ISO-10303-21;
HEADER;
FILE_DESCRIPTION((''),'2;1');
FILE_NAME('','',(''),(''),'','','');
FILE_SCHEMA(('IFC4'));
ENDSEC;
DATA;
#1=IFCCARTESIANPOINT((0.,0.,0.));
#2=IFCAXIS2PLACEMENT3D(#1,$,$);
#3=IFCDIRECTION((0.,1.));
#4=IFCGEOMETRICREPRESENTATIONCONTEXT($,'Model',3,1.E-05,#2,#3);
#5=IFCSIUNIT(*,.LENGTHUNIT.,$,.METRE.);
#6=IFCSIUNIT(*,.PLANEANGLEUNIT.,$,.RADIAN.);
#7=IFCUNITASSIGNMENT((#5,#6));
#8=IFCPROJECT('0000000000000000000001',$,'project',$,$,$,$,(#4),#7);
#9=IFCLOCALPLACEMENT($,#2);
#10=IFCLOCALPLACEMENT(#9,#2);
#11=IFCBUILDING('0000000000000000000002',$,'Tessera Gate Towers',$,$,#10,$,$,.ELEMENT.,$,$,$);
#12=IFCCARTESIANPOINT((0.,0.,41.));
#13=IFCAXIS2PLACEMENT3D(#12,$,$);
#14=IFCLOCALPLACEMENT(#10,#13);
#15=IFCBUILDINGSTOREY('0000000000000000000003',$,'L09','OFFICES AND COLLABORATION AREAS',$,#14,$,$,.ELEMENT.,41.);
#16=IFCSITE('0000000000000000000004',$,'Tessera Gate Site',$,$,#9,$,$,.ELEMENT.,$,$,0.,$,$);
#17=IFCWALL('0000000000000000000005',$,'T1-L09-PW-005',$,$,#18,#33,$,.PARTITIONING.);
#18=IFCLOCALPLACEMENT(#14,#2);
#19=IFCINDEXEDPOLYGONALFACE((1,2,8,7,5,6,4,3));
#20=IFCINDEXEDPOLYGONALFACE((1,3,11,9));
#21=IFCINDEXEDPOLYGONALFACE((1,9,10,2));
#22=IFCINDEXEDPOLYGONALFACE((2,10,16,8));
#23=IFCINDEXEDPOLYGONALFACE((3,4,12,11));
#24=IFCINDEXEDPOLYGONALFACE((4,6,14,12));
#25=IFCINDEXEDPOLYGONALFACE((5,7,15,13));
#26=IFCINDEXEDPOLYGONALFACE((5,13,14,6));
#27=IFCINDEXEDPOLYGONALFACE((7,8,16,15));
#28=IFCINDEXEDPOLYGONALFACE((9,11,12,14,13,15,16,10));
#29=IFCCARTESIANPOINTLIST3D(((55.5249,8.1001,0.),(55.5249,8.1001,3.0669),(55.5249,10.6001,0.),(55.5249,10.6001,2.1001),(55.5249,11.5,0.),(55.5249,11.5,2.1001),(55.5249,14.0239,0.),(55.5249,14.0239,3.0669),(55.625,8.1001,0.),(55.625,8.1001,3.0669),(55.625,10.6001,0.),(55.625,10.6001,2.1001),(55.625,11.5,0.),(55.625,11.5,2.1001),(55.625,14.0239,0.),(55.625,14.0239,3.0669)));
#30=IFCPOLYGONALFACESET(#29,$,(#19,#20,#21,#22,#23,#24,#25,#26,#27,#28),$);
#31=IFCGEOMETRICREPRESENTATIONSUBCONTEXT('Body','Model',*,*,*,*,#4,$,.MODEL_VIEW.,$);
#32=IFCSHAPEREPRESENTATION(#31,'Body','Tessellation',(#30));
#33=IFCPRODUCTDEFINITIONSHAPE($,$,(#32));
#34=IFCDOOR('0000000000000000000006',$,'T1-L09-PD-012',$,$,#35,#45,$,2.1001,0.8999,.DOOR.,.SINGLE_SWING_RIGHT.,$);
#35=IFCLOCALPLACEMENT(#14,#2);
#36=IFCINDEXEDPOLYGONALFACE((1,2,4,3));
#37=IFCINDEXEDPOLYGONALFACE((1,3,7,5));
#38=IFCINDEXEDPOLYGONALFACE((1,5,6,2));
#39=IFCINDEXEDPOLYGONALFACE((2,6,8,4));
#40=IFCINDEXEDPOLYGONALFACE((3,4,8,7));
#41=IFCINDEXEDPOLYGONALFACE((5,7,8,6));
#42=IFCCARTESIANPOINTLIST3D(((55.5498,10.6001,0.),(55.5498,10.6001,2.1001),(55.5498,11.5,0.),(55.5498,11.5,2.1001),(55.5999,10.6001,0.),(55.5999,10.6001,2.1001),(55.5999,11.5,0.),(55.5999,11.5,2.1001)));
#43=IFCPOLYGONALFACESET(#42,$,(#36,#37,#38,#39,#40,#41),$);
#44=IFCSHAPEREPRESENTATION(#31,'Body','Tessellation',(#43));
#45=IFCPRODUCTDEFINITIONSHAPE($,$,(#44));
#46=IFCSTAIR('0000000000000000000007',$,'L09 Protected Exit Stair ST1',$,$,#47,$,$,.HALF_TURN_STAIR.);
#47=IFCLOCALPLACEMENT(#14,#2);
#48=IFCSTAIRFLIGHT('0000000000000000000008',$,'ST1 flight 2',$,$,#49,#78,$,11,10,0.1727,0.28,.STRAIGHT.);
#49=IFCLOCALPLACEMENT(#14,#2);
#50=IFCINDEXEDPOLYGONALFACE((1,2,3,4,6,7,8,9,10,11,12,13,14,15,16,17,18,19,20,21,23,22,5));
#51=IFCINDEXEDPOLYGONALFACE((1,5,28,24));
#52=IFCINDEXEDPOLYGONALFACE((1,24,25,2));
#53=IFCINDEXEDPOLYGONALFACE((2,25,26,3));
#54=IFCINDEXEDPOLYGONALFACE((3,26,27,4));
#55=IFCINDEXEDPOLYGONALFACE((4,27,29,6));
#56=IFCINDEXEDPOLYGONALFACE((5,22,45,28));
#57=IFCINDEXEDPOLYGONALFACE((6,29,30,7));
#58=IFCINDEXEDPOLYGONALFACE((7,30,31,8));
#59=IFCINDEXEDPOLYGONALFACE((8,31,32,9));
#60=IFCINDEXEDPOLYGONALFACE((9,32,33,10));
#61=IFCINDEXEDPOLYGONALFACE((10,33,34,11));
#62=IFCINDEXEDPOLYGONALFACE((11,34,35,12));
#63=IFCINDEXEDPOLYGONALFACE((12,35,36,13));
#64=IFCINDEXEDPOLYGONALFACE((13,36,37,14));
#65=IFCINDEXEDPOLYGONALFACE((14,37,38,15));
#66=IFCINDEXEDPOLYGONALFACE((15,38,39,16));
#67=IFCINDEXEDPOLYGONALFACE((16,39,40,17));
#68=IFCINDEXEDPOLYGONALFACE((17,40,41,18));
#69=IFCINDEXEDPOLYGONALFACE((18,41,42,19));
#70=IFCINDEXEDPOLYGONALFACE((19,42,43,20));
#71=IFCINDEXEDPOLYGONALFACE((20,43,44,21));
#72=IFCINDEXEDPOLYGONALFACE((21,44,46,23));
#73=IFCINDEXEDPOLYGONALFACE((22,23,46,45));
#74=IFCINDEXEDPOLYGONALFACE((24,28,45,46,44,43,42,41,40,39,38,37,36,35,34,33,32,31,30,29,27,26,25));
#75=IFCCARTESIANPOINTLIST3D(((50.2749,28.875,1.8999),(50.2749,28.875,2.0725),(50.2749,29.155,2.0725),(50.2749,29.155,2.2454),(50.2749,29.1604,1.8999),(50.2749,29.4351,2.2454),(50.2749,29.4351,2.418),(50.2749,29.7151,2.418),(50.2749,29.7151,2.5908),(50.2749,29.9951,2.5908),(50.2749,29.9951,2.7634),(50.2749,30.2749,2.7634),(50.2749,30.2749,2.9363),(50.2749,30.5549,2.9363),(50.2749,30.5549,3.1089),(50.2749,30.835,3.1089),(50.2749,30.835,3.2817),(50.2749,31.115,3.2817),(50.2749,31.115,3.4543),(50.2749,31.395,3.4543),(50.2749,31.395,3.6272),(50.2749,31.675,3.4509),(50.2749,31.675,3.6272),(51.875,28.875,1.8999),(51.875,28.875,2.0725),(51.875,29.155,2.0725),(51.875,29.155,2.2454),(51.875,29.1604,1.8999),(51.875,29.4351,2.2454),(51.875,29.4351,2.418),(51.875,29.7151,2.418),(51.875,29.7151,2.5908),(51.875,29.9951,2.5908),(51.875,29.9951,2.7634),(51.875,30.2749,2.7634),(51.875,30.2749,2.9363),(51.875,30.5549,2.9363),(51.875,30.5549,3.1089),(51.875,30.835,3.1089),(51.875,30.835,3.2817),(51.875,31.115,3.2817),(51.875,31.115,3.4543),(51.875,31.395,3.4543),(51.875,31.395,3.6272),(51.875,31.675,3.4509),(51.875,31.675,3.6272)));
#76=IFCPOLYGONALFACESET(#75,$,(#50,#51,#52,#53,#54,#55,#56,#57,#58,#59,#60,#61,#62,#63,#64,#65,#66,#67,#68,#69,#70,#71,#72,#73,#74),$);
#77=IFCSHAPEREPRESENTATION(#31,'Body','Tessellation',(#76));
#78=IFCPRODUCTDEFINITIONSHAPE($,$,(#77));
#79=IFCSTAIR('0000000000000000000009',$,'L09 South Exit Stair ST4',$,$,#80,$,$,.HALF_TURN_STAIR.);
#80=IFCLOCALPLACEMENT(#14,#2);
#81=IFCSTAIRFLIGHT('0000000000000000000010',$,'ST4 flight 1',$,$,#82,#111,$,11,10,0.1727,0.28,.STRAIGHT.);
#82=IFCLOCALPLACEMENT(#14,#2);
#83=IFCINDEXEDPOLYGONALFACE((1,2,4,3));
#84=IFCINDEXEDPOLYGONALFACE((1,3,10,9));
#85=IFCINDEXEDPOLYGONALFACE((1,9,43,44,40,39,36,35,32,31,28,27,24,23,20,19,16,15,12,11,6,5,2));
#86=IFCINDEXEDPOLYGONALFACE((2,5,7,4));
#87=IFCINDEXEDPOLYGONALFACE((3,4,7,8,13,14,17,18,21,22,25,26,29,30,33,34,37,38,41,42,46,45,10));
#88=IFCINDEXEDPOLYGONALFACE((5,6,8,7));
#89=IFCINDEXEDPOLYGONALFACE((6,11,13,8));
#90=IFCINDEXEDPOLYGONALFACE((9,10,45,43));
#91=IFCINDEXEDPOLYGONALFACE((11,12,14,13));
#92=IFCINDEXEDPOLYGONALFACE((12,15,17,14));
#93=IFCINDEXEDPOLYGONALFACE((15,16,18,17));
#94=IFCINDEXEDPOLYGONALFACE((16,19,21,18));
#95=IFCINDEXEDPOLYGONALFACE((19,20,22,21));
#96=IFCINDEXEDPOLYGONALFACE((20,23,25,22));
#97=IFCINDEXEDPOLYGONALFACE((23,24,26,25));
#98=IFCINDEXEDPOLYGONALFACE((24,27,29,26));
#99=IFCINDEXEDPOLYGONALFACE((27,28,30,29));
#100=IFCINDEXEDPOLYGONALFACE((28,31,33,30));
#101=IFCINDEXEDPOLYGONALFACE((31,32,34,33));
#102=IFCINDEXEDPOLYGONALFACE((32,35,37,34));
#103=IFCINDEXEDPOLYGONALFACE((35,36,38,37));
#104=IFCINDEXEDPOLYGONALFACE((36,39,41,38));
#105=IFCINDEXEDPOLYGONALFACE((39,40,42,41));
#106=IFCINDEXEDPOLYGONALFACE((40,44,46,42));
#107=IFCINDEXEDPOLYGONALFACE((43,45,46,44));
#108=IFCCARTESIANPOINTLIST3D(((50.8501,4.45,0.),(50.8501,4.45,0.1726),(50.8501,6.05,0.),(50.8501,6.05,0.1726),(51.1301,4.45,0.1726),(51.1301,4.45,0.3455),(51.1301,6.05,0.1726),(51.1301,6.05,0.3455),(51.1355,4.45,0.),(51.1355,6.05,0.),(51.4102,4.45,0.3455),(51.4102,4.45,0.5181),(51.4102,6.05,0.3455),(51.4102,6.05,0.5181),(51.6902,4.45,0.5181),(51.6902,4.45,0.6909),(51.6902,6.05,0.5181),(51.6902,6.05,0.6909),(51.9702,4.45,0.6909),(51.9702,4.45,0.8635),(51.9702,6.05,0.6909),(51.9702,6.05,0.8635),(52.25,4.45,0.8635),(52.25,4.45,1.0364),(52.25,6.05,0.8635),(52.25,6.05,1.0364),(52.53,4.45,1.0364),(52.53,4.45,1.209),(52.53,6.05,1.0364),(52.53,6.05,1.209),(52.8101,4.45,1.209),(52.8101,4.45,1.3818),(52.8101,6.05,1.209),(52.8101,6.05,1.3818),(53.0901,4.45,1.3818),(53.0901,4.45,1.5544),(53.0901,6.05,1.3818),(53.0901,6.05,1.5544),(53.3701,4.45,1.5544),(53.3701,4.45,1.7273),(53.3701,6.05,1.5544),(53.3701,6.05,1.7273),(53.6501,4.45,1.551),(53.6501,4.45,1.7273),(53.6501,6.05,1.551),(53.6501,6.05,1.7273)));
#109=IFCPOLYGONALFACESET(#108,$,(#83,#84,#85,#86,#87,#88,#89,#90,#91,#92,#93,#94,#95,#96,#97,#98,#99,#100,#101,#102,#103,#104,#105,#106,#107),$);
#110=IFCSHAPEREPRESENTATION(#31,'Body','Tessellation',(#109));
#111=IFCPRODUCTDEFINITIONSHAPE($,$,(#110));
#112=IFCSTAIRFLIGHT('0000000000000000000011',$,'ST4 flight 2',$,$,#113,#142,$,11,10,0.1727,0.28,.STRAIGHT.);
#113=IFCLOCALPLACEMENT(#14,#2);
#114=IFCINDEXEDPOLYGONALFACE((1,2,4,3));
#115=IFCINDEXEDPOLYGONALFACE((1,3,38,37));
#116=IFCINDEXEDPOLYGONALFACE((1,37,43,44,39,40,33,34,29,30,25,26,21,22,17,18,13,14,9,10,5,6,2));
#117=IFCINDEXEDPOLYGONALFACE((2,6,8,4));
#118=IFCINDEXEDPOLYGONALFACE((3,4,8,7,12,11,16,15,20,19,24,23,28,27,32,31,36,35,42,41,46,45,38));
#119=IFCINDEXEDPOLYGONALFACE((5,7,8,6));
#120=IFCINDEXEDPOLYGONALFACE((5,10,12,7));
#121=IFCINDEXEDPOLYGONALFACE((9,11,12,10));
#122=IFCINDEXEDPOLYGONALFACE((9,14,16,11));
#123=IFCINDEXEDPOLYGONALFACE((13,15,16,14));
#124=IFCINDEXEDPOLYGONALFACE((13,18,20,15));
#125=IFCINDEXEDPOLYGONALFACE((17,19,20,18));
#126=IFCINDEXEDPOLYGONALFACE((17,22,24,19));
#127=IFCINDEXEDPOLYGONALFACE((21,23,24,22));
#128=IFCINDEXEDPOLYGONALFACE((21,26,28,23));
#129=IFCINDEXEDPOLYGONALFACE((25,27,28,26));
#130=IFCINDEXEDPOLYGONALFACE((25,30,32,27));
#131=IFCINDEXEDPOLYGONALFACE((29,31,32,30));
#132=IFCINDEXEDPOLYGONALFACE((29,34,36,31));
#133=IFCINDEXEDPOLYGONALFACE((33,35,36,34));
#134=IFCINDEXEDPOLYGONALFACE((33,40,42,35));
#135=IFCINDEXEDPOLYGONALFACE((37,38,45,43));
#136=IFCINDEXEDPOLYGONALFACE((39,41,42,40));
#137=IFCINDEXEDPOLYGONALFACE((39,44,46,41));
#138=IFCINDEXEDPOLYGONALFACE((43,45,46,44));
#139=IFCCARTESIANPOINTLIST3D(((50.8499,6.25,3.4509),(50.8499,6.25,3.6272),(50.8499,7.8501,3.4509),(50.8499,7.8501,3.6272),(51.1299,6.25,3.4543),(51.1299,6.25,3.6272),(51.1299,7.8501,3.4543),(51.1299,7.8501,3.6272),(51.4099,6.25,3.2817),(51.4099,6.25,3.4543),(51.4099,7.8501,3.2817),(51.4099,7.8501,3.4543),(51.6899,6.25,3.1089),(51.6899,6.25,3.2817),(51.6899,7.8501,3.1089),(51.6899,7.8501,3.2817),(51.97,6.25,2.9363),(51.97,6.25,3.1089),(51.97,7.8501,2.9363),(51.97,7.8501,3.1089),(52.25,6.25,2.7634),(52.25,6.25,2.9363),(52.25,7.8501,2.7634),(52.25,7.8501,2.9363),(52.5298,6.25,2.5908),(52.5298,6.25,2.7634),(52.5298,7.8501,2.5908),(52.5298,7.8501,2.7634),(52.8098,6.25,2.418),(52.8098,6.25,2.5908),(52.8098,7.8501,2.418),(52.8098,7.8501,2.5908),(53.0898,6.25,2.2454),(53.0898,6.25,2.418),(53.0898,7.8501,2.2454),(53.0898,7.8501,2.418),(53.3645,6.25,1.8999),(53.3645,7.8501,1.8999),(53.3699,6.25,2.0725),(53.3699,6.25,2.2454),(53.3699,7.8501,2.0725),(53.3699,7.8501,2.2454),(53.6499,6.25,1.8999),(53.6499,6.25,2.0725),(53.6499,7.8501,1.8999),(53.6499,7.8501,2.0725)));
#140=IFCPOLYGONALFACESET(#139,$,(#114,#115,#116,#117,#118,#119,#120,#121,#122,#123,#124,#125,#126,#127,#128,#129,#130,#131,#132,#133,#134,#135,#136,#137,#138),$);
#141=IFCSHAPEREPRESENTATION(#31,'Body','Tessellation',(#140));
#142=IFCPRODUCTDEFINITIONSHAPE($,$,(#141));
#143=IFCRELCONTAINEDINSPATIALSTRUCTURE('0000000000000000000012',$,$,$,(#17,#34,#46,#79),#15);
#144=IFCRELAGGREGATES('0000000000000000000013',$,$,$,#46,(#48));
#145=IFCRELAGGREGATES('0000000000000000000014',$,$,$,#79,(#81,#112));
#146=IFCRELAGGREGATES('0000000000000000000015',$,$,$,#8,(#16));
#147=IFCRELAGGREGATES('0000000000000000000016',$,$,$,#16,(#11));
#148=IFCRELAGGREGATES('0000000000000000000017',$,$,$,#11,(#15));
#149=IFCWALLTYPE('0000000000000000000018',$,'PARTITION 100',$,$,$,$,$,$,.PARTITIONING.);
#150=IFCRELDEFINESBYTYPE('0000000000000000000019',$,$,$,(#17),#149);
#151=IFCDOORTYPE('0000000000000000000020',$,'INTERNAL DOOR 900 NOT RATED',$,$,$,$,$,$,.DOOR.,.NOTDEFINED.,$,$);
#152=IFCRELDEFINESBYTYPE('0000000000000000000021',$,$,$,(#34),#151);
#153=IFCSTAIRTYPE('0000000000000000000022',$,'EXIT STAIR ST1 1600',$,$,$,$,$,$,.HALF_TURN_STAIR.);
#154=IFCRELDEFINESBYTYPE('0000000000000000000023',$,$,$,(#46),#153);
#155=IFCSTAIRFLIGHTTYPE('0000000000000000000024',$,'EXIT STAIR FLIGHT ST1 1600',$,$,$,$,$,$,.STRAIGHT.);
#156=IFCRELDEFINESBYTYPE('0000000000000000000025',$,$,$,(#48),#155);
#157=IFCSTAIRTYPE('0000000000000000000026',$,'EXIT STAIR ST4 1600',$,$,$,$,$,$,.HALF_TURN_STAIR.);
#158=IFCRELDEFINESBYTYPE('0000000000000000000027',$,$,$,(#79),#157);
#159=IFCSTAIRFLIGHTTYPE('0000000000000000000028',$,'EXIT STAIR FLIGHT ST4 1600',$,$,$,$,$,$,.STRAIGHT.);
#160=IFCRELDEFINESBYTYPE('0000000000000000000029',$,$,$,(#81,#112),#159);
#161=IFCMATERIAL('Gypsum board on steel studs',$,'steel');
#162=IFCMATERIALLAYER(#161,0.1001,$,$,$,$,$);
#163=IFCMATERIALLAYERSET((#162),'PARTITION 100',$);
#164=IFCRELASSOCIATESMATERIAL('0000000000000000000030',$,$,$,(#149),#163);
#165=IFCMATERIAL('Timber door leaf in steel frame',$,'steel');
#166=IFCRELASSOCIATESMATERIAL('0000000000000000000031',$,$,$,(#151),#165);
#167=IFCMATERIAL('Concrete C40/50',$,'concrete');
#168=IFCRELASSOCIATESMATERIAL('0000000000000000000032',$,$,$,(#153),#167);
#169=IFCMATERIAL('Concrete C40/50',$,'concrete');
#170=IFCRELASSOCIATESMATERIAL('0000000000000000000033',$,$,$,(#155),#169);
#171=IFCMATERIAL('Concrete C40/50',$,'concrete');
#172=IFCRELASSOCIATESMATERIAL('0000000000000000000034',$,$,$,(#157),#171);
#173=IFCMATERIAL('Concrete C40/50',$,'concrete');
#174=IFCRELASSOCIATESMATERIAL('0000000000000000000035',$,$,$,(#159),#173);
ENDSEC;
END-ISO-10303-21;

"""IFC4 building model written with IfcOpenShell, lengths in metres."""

from ifc_helpers import new_model, si_unit, direction, frame, frame_2d, origin, place, context, subcontext, project, spatial, polyline, rectangle, outline, extrude, source, transform, mapped, material, layer, layer_set, type_object, element, fill, aggregate, save


model = new_model("IFC4")

# Units and contexts
model_context = context("Model", 3, precision=1e-05, world=origin(), true_north=direction((0.0, 1.0)))
body_context = subcontext(model_context, "Body", "Model", "MODEL_VIEW")
ifc_project = project(units=[si_unit("LENGTHUNIT", "METRE"), si_unit("PLANEANGLEUNIT", "RADIAN")], contexts=[model_context])

# Site, building, storey
site_placement = place(None, origin())
site = spatial("IfcSite", under=ifc_project, at=site_placement, Name="Tessera Gate Site", CompositionType="ELEMENT", RefElevation=0.0)
building_placement = place(site_placement, origin())
building = spatial("IfcBuilding", under=site, at=building_placement, Name="Tessera Gate Towers", CompositionType="ELEMENT")
storey_placement = place(building_placement, frame((0.0, 0.0, 41.0)))
storey = spatial("IfcBuildingStorey", under=building, at=storey_placement, Name="L09", Description="OFFICES AND COLLABORATION AREAS", CompositionType="ELEMENT", Elevation=41.0)

# Wall, opening, door
shared_shape_1 = source(origin(), body_context, "Body", "SweptSolid", [
    extrude(rectangle(XDim=0.8999, YDim=2.1001, at=frame_2d((0.45, 1.05))), frame((0.0, 0.0601, 0.0), z_axis=(0.0, -1.0, 0.0), x_axis=(1.0, 0.0, 0.0)), (0.0, 0.0, 1.0), 0.1201),
])
shared_shape_2 = source(origin(), body_context, "Body", "SweptSolid", [
    extrude(rectangle(XDim=0.8999, YDim=2.1001, at=frame_2d((0.45, 1.05))), frame((0.0, 0.0249, 0.0), z_axis=(0.0, -1.0, 0.0), x_axis=(1.0, 0.0, 0.0)), (0.0, 0.0, 1.0), 0.05),
])
ifc_material_1 = material(Name="Gypsum board on steel studs", Category="steel")
ifc_layer_1 = layer(ifc_material_1, 0.1001)
ifc_layer_set_1 = layer_set([ifc_layer_1], Name="PARTITION 100")
wall_type_1 = type_object("IfcWallType", Name="PARTITION 100", PredefinedType="PARTITIONING", material=ifc_layer_set_1)
wall_1_placement = place(storey_placement, frame((55.575, 14.0239, 0.0), z_axis=(0.0, 0.0, 1.0), x_axis=(0.0, -1.0, 0.0)))
wall_1 = element("IfcWall", 1, at=wall_1_placement, inside=storey, type_object=wall_type_1, Name="T1-L09-PW-005", PredefinedType="PARTITIONING", context=body_context, shape_type="SweptSolid", body=[
    extrude(rectangle(XDim=5.9238, YDim=0.1001, at=frame_2d((2.9619, 0.0))), origin(), (0.0, 0.0, 1.0), 3.0669),
])
opening_1_placement = place(wall_1_placement, frame((2.5239, 0.0, 0.0)))
opening_1 = element("IfcOpeningElement", 2, at=opening_1_placement, cuts=wall_1, PredefinedType="OPENING", context=body_context, shape_type="MappedRepresentation", body=[
    mapped(shared_shape_1, transform((0.0, 0.0, 0.0), scale=1.0)),
])
ifc_material_2 = material(Name="Timber door leaf in steel frame", Category="steel")
door_type_1 = type_object("IfcDoorType", Name="INTERNAL DOOR 900 NOT RATED", OperationType="NOTDEFINED", PredefinedType="DOOR", material=ifc_material_2)
door_1_placement = place(opening_1_placement, origin())
door_1 = element("IfcDoor", 3, at=door_1_placement, inside=storey, type_object=door_type_1, Name="T1-L09-PD-012", OperationType="SINGLE_SWING_RIGHT", OverallHeight=2.1001, OverallWidth=0.8999, PredefinedType="DOOR", context=body_context, shape_type="MappedRepresentation", body=[
    mapped(shared_shape_2, transform((0.0, 0.0, 0.0), scale=1.0)),
])
fill(opening_1, door_1)

# Stair, stair flight
ifc_material_3 = material(Name="Concrete C40/50", Category="concrete")
stair_type_1 = type_object("IfcStairType", Name="EXIT STAIR ST1 1600", PredefinedType="HALF_TURN_STAIR", material=ifc_material_3)
stair_1_placement = place(storey_placement, origin())
stair_1 = element("IfcStair", 4, at=stair_1_placement, inside=storey, type_object=stair_type_1, Name="L09 Protected Exit Stair ST1", PredefinedType="HALF_TURN_STAIR")
ifc_material_4 = material(Name="Concrete C40/50", Category="concrete")
stair_flight_type_1 = type_object("IfcStairFlightType", Name="EXIT STAIR FLIGHT ST1 1600", PredefinedType="STRAIGHT", material=ifc_material_4)
stair_flight_1_placement = place(storey_placement, frame((51.075, 28.875, 1.8999), z_axis=(0.0, 0.0, 1.0), x_axis=(0.0, 1.0, 0.0)))
stair_flight_1 = element("IfcStairFlight", 5, at=stair_flight_1_placement, type_object=stair_flight_type_1, Name="ST1 flight 2", NumberOfRisers=11, NumberOfTreads=10, PredefinedType="STRAIGHT", RiserHeight=0.1727, TreadLength=0.28, context=body_context, shape_type="SweptSolid", body=[
    extrude(outline(polyline([(0.0, 0.0), (0.0, 0.1726), (0.28, 0.1726), (0.28, 0.3455), (0.5601, 0.3455), (0.5601, 0.5181), (0.8401, 0.5181), (0.8401, 0.6909), (1.1201, 0.6909), (1.1201, 0.8635), (1.3999, 0.8635), (1.3999, 1.0364), (1.6799, 1.0364), (1.6799, 1.209), (1.96, 1.209), (1.96, 1.3818), (2.24, 1.3818), (2.24, 1.5544), (2.52, 1.5544), (2.52, 1.7273), (2.8, 1.7273), (2.8, 1.8999), (2.8, 1.551), (0.2854, 0.0), (0.0, 0.0)])), frame((0.0, 0.8, 0.0), z_axis=(0.0, -1.0, 0.0), x_axis=(1.0, 0.0, 0.0)), (0.0, 0.0, 1.0), 1.6001),
])
aggregate(stair_1, [stair_flight_1])

# Stair, stair flights
ifc_material_5 = material(Name="Concrete C40/50", Category="concrete")
stair_type_2 = type_object("IfcStairType", Name="EXIT STAIR ST4 1600", PredefinedType="HALF_TURN_STAIR", material=ifc_material_5)
stair_2_placement = place(storey_placement, origin())
stair_2 = element("IfcStair", 6, at=stair_2_placement, inside=storey, type_object=stair_type_2, Name="L09 South Exit Stair ST4", PredefinedType="HALF_TURN_STAIR")
ifc_material_6 = material(Name="Concrete C40/50", Category="concrete")
stair_flight_type_2 = type_object("IfcStairFlightType", Name="EXIT STAIR FLIGHT ST4 1600", PredefinedType="STRAIGHT", material=ifc_material_6)
stair_flight_2_placement = place(storey_placement, frame((50.8501, 5.25, 0.0), z_axis=(0.0, 0.0, 1.0), x_axis=(1.0, 0.0, 0.0)))
stair_flight_2 = element("IfcStairFlight", 7, at=stair_flight_2_placement, type_object=stair_flight_type_2, Name="ST4 flight 1", NumberOfRisers=11, NumberOfTreads=10, PredefinedType="STRAIGHT", RiserHeight=0.1727, TreadLength=0.28, context=body_context, shape_type="SweptSolid", body=[
    extrude(outline(polyline([(0.0, 0.0), (0.0, 0.1726), (0.28, 0.1726), (0.28, 0.3455), (0.5601, 0.3455), (0.5601, 0.5181), (0.8401, 0.5181), (0.8401, 0.6909), (1.1201, 0.6909), (1.1201, 0.8635), (1.3999, 0.8635), (1.3999, 1.0364), (1.6799, 1.0364), (1.6799, 1.209), (1.96, 1.209), (1.96, 1.3818), (2.24, 1.3818), (2.24, 1.5544), (2.52, 1.5544), (2.52, 1.7273), (2.8, 1.7273), (2.8, 1.8999), (2.8, 1.551), (0.2854, 0.0), (0.0, 0.0)])), frame((0.0, 0.8, 0.0), z_axis=(0.0, -1.0, 0.0), x_axis=(1.0, 0.0, 0.0)), (0.0, 0.0, 1.0), 1.6001),
])
stair_flight_3_placement = place(storey_placement, frame((53.6499, 7.05, 1.8999), z_axis=(0.0, 0.0, 1.0), x_axis=(-1.0, 0.0, 0.0)))
stair_flight_3 = element("IfcStairFlight", 8, at=stair_flight_3_placement, type_object=stair_flight_type_2, Name="ST4 flight 2", NumberOfRisers=11, NumberOfTreads=10, PredefinedType="STRAIGHT", RiserHeight=0.1727, TreadLength=0.28, context=body_context, shape_type="SweptSolid", body=[
    extrude(outline(polyline([(0.0, 0.0), (0.0, 0.1726), (0.28, 0.1726), (0.28, 0.3455), (0.5601, 0.3455), (0.5601, 0.5181), (0.8401, 0.5181), (0.8401, 0.6909), (1.1201, 0.6909), (1.1201, 0.8635), (1.3999, 0.8635), (1.3999, 1.0364), (1.6799, 1.0364), (1.6799, 1.209), (1.96, 1.209), (1.96, 1.3818), (2.24, 1.3818), (2.24, 1.5544), (2.52, 1.5544), (2.52, 1.7273), (2.8, 1.7273), (2.8, 1.8999), (2.8, 1.551), (0.2854, 0.0), (0.0, 0.0)])), frame((0.0, 0.8, 0.0), z_axis=(0.0, -1.0, 0.0), x_axis=(1.0, 0.0, 0.0)), (0.0, 0.0, 1.0), 1.6001),
])
aggregate(stair_2, [stair_flight_2, stair_flight_3])

save(model, "model.ifc")
